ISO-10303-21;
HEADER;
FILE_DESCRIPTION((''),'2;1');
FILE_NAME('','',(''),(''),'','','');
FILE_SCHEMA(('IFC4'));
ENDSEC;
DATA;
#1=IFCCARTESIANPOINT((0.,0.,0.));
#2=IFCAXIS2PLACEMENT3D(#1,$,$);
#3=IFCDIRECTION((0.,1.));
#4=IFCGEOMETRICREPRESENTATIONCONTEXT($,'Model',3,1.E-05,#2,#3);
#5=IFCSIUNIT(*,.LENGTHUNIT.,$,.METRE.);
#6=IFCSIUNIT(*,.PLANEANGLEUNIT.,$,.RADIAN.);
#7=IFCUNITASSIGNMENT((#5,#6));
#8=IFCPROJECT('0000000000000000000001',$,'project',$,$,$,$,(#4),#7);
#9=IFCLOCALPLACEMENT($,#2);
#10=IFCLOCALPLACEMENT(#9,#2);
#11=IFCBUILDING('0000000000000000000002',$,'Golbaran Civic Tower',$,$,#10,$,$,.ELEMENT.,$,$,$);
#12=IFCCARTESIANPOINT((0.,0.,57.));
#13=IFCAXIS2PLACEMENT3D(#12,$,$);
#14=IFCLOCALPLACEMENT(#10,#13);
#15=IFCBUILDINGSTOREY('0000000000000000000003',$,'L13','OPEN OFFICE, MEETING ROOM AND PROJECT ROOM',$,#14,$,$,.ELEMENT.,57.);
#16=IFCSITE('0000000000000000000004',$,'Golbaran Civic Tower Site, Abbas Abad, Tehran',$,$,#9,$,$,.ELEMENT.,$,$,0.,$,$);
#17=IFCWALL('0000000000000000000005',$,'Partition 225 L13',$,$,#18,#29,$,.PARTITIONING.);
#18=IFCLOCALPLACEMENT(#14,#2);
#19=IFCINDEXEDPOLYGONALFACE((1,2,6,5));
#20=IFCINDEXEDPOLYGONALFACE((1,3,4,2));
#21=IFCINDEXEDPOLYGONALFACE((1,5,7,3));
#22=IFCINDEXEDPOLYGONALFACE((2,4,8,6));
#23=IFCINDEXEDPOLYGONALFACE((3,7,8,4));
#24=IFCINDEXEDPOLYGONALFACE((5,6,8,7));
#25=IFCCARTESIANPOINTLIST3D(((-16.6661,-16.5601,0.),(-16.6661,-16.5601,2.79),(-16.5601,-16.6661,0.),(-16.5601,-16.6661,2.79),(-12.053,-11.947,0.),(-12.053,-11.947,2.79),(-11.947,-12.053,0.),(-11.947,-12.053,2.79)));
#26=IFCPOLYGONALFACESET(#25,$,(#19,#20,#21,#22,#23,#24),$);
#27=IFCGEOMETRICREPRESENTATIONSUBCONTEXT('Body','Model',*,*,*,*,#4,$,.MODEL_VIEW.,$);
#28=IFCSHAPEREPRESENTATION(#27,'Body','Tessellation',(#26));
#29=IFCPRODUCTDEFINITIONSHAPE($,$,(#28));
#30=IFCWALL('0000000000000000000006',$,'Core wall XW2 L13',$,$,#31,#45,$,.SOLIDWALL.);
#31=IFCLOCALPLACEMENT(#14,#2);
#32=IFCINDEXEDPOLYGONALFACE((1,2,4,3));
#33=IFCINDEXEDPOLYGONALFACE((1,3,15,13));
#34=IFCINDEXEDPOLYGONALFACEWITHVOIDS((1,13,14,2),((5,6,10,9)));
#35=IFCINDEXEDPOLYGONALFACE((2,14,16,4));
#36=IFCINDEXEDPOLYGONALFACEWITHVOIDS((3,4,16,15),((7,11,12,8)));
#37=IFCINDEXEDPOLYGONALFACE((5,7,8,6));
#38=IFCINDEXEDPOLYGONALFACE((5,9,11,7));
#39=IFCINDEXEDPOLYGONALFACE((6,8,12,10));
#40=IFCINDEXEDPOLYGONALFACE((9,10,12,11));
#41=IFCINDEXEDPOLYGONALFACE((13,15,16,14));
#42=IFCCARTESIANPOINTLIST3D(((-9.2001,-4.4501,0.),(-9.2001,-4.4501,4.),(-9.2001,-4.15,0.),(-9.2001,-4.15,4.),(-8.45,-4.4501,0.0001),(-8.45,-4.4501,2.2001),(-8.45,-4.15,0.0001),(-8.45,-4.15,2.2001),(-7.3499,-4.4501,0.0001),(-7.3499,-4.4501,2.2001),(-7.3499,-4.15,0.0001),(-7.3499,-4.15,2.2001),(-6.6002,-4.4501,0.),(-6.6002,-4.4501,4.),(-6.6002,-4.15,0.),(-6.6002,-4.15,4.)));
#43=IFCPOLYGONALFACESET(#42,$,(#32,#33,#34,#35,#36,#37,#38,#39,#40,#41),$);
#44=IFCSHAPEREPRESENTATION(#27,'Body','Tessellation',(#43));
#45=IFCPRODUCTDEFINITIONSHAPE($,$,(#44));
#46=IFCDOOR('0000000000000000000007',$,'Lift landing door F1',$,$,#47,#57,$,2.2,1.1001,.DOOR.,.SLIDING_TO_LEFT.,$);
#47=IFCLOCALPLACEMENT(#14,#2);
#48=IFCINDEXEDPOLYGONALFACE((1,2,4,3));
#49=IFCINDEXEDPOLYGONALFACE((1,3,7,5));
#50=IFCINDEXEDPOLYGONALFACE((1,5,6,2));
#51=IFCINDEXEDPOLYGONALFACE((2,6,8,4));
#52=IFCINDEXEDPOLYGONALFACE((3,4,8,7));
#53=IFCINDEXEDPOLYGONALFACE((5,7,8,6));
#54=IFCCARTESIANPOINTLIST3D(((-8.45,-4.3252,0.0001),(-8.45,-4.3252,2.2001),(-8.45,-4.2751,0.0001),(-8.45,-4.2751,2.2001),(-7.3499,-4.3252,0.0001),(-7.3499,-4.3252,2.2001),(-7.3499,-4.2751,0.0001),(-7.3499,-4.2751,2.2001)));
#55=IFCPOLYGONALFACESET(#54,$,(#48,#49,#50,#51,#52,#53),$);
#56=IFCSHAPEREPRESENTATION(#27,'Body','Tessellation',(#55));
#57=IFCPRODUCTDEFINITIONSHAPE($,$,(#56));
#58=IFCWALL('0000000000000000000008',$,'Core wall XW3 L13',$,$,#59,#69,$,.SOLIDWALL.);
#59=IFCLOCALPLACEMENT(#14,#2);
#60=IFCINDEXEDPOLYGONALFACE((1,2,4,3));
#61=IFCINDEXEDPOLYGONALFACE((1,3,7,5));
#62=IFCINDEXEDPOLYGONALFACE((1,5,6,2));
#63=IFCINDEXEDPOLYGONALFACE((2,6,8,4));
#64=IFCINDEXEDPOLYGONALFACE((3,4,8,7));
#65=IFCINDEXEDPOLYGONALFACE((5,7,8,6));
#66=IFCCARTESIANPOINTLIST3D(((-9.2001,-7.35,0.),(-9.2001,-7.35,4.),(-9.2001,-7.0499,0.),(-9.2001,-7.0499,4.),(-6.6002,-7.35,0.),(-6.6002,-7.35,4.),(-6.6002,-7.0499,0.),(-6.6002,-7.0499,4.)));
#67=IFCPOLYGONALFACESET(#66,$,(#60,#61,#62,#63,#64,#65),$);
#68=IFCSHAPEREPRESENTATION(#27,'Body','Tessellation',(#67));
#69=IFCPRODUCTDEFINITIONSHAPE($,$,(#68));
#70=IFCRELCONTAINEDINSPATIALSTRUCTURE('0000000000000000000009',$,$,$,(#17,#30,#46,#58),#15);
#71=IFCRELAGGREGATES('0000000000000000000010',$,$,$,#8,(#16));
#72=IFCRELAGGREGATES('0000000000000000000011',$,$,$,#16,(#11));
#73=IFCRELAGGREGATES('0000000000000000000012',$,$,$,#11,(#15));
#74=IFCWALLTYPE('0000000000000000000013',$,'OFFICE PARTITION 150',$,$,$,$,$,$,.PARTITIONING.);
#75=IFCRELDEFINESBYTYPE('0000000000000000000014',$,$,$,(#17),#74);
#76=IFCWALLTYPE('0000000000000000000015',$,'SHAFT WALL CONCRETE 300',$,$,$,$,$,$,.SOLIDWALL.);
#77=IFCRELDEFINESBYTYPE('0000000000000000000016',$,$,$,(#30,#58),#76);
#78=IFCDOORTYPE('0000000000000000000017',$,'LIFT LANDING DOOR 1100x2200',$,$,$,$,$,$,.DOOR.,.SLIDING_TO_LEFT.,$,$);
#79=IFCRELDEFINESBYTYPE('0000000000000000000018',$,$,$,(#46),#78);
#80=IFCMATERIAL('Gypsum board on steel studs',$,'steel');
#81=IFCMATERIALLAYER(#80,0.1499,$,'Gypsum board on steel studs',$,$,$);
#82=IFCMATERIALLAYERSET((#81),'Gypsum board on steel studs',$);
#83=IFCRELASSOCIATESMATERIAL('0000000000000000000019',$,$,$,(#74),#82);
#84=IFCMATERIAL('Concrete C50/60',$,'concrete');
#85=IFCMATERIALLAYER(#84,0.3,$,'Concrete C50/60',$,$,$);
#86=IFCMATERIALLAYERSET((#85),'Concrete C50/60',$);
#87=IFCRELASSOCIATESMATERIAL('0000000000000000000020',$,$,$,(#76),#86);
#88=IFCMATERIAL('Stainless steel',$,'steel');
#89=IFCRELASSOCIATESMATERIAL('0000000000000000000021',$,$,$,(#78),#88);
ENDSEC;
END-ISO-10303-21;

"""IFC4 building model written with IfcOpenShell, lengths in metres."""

from ifc_helpers import new_model, si_unit, direction, frame, frame_2d, origin, place, context, subcontext, project, spatial, rectangle, extrude, material, layer, layer_set, type_object, element, fill, save


model = new_model("IFC4")

# Units and contexts
model_context = context("Model", 3, precision=1e-05, world=origin(), true_north=direction((0.0, 1.0)))
body_context = subcontext(model_context, "Body", "Model", "MODEL_VIEW")
ifc_project = project(units=[si_unit("LENGTHUNIT", "METRE"), si_unit("PLANEANGLEUNIT", "RADIAN")], contexts=[model_context])

# Site, building, storey
site_placement = place(None, origin())
site = spatial("IfcSite", under=ifc_project, at=site_placement, Name="Golbaran Civic Tower Site, Abbas Abad, Tehran", CompositionType="ELEMENT", RefElevation=0.0)
building_placement = place(site_placement, origin())
building = spatial("IfcBuilding", under=site, at=building_placement, Name="Golbaran Civic Tower", CompositionType="ELEMENT")
storey_placement = place(building_placement, frame((0.0, 0.0, 57.0)))
storey = spatial("IfcBuildingStorey", under=building, at=storey_placement, Name="L13", Description="OPEN OFFICE, MEETING ROOM AND PROJECT ROOM", CompositionType="ELEMENT", Elevation=57.0)

# Wall
ifc_material_1 = material(Name="Gypsum board on steel studs", Category="steel")
ifc_layer_1 = layer(ifc_material_1, 0.1499, Name="Gypsum board on steel studs")
ifc_layer_set_1 = layer_set([ifc_layer_1], Name="Gypsum board on steel studs")
wall_type_1 = type_object("IfcWallType", Name="OFFICE PARTITION 150", PredefinedType="PARTITIONING", material=ifc_layer_set_1)
wall_1_placement = place(storey_placement, frame((-12.0, -12.0, 0.0), z_axis=(0.0, 0.0, 1.0), x_axis=(-0.707107, -0.707107, 0.0)))
element("IfcWall", 1, at=wall_1_placement, inside=storey, type_object=wall_type_1, Name="Partition 225 L13", PredefinedType="PARTITIONING", context=body_context, shape_type="SweptSolid", body=[
    extrude(rectangle(XDim=6.5239, YDim=0.1499, at=frame_2d((3.262, 0.0))), origin(), (0.0, 0.0, 1.0), 2.79),
])

# Wall, opening, door
ifc_material_2 = material(Name="Concrete C50/60", Category="concrete")
ifc_layer_2 = layer(ifc_material_2, 0.3, Name="Concrete C50/60")
ifc_layer_set_2 = layer_set([ifc_layer_2], Name="Concrete C50/60")
wall_type_2 = type_object("IfcWallType", Name="SHAFT WALL CONCRETE 300", PredefinedType="SOLIDWALL", material=ifc_layer_set_2)
wall_2_placement = place(storey_placement, frame((-9.2, -4.3, 0.0), z_axis=(0.0, 0.0, 1.0), x_axis=(1.0, 0.0, 0.0)))
wall_2 = element("IfcWall", 2, at=wall_2_placement, inside=storey, type_object=wall_type_2, Name="Core wall XW2 L13", PredefinedType="SOLIDWALL", context=body_context, shape_type="SweptSolid", body=[
    extrude(rectangle(XDim=2.5999, YDim=0.3, at=frame_2d((1.2998, 0.0))), origin(), (0.0, 0.0, 1.0), 4.0),
])
opening_1_placement = place(wall_2_placement, frame((0.75, 0.0, 0.0)))
opening_1 = element("IfcOpeningElement", 3, at=opening_1_placement, cuts=wall_2, PredefinedType="OPENING", context=body_context, shape_type="SweptSolid", body=[
    extrude(rectangle(XDim=1.1001, YDim=2.2, at=frame_2d((0.55, 1.1001))), frame((0.0, 0.1599, 0.0), z_axis=(0.0, -1.0, 0.0), x_axis=(1.0, 0.0, 0.0)), (0.0, 0.0, 1.0), 0.3201),
])
ifc_material_3 = material(Name="Stainless steel", Category="steel")
door_type_1 = type_object("IfcDoorType", Name="LIFT LANDING DOOR 1100x2200", OperationType="SLIDING_TO_LEFT", PredefinedType="DOOR", material=ifc_material_3)
door_1_placement = place(opening_1_placement, origin())
door_1 = element("IfcDoor", 4, at=door_1_placement, inside=storey, type_object=door_type_1, Name="Lift landing door F1", OperationType="SLIDING_TO_LEFT", OverallHeight=2.2, OverallWidth=1.1001, PredefinedType="DOOR", context=body_context, shape_type="SweptSolid", body=[
    extrude(rectangle(XDim=1.1001, YDim=2.2, at=frame_2d((0.55, 1.1001))), frame((0.0, 0.0249, 0.0), z_axis=(0.0, -1.0, 0.0), x_axis=(1.0, 0.0, 0.0)), (0.0, 0.0, 1.0), 0.05),
])
fill(opening_1, door_1)

# Wall
wall_3_placement = place(storey_placement, frame((-9.2, -7.2, 0.0), z_axis=(0.0, 0.0, 1.0), x_axis=(1.0, 0.0, 0.0)))
element("IfcWall", 5, at=wall_3_placement, inside=storey, type_object=wall_type_2, Name="Core wall XW3 L13", PredefinedType="SOLIDWALL", context=body_context, shape_type="SweptSolid", body=[
    extrude(rectangle(XDim=2.5999, YDim=0.3, at=frame_2d((1.2998, 0.0))), origin(), (0.0, 0.0, 1.0), 4.0),
])

save(model, "model.ifc")
